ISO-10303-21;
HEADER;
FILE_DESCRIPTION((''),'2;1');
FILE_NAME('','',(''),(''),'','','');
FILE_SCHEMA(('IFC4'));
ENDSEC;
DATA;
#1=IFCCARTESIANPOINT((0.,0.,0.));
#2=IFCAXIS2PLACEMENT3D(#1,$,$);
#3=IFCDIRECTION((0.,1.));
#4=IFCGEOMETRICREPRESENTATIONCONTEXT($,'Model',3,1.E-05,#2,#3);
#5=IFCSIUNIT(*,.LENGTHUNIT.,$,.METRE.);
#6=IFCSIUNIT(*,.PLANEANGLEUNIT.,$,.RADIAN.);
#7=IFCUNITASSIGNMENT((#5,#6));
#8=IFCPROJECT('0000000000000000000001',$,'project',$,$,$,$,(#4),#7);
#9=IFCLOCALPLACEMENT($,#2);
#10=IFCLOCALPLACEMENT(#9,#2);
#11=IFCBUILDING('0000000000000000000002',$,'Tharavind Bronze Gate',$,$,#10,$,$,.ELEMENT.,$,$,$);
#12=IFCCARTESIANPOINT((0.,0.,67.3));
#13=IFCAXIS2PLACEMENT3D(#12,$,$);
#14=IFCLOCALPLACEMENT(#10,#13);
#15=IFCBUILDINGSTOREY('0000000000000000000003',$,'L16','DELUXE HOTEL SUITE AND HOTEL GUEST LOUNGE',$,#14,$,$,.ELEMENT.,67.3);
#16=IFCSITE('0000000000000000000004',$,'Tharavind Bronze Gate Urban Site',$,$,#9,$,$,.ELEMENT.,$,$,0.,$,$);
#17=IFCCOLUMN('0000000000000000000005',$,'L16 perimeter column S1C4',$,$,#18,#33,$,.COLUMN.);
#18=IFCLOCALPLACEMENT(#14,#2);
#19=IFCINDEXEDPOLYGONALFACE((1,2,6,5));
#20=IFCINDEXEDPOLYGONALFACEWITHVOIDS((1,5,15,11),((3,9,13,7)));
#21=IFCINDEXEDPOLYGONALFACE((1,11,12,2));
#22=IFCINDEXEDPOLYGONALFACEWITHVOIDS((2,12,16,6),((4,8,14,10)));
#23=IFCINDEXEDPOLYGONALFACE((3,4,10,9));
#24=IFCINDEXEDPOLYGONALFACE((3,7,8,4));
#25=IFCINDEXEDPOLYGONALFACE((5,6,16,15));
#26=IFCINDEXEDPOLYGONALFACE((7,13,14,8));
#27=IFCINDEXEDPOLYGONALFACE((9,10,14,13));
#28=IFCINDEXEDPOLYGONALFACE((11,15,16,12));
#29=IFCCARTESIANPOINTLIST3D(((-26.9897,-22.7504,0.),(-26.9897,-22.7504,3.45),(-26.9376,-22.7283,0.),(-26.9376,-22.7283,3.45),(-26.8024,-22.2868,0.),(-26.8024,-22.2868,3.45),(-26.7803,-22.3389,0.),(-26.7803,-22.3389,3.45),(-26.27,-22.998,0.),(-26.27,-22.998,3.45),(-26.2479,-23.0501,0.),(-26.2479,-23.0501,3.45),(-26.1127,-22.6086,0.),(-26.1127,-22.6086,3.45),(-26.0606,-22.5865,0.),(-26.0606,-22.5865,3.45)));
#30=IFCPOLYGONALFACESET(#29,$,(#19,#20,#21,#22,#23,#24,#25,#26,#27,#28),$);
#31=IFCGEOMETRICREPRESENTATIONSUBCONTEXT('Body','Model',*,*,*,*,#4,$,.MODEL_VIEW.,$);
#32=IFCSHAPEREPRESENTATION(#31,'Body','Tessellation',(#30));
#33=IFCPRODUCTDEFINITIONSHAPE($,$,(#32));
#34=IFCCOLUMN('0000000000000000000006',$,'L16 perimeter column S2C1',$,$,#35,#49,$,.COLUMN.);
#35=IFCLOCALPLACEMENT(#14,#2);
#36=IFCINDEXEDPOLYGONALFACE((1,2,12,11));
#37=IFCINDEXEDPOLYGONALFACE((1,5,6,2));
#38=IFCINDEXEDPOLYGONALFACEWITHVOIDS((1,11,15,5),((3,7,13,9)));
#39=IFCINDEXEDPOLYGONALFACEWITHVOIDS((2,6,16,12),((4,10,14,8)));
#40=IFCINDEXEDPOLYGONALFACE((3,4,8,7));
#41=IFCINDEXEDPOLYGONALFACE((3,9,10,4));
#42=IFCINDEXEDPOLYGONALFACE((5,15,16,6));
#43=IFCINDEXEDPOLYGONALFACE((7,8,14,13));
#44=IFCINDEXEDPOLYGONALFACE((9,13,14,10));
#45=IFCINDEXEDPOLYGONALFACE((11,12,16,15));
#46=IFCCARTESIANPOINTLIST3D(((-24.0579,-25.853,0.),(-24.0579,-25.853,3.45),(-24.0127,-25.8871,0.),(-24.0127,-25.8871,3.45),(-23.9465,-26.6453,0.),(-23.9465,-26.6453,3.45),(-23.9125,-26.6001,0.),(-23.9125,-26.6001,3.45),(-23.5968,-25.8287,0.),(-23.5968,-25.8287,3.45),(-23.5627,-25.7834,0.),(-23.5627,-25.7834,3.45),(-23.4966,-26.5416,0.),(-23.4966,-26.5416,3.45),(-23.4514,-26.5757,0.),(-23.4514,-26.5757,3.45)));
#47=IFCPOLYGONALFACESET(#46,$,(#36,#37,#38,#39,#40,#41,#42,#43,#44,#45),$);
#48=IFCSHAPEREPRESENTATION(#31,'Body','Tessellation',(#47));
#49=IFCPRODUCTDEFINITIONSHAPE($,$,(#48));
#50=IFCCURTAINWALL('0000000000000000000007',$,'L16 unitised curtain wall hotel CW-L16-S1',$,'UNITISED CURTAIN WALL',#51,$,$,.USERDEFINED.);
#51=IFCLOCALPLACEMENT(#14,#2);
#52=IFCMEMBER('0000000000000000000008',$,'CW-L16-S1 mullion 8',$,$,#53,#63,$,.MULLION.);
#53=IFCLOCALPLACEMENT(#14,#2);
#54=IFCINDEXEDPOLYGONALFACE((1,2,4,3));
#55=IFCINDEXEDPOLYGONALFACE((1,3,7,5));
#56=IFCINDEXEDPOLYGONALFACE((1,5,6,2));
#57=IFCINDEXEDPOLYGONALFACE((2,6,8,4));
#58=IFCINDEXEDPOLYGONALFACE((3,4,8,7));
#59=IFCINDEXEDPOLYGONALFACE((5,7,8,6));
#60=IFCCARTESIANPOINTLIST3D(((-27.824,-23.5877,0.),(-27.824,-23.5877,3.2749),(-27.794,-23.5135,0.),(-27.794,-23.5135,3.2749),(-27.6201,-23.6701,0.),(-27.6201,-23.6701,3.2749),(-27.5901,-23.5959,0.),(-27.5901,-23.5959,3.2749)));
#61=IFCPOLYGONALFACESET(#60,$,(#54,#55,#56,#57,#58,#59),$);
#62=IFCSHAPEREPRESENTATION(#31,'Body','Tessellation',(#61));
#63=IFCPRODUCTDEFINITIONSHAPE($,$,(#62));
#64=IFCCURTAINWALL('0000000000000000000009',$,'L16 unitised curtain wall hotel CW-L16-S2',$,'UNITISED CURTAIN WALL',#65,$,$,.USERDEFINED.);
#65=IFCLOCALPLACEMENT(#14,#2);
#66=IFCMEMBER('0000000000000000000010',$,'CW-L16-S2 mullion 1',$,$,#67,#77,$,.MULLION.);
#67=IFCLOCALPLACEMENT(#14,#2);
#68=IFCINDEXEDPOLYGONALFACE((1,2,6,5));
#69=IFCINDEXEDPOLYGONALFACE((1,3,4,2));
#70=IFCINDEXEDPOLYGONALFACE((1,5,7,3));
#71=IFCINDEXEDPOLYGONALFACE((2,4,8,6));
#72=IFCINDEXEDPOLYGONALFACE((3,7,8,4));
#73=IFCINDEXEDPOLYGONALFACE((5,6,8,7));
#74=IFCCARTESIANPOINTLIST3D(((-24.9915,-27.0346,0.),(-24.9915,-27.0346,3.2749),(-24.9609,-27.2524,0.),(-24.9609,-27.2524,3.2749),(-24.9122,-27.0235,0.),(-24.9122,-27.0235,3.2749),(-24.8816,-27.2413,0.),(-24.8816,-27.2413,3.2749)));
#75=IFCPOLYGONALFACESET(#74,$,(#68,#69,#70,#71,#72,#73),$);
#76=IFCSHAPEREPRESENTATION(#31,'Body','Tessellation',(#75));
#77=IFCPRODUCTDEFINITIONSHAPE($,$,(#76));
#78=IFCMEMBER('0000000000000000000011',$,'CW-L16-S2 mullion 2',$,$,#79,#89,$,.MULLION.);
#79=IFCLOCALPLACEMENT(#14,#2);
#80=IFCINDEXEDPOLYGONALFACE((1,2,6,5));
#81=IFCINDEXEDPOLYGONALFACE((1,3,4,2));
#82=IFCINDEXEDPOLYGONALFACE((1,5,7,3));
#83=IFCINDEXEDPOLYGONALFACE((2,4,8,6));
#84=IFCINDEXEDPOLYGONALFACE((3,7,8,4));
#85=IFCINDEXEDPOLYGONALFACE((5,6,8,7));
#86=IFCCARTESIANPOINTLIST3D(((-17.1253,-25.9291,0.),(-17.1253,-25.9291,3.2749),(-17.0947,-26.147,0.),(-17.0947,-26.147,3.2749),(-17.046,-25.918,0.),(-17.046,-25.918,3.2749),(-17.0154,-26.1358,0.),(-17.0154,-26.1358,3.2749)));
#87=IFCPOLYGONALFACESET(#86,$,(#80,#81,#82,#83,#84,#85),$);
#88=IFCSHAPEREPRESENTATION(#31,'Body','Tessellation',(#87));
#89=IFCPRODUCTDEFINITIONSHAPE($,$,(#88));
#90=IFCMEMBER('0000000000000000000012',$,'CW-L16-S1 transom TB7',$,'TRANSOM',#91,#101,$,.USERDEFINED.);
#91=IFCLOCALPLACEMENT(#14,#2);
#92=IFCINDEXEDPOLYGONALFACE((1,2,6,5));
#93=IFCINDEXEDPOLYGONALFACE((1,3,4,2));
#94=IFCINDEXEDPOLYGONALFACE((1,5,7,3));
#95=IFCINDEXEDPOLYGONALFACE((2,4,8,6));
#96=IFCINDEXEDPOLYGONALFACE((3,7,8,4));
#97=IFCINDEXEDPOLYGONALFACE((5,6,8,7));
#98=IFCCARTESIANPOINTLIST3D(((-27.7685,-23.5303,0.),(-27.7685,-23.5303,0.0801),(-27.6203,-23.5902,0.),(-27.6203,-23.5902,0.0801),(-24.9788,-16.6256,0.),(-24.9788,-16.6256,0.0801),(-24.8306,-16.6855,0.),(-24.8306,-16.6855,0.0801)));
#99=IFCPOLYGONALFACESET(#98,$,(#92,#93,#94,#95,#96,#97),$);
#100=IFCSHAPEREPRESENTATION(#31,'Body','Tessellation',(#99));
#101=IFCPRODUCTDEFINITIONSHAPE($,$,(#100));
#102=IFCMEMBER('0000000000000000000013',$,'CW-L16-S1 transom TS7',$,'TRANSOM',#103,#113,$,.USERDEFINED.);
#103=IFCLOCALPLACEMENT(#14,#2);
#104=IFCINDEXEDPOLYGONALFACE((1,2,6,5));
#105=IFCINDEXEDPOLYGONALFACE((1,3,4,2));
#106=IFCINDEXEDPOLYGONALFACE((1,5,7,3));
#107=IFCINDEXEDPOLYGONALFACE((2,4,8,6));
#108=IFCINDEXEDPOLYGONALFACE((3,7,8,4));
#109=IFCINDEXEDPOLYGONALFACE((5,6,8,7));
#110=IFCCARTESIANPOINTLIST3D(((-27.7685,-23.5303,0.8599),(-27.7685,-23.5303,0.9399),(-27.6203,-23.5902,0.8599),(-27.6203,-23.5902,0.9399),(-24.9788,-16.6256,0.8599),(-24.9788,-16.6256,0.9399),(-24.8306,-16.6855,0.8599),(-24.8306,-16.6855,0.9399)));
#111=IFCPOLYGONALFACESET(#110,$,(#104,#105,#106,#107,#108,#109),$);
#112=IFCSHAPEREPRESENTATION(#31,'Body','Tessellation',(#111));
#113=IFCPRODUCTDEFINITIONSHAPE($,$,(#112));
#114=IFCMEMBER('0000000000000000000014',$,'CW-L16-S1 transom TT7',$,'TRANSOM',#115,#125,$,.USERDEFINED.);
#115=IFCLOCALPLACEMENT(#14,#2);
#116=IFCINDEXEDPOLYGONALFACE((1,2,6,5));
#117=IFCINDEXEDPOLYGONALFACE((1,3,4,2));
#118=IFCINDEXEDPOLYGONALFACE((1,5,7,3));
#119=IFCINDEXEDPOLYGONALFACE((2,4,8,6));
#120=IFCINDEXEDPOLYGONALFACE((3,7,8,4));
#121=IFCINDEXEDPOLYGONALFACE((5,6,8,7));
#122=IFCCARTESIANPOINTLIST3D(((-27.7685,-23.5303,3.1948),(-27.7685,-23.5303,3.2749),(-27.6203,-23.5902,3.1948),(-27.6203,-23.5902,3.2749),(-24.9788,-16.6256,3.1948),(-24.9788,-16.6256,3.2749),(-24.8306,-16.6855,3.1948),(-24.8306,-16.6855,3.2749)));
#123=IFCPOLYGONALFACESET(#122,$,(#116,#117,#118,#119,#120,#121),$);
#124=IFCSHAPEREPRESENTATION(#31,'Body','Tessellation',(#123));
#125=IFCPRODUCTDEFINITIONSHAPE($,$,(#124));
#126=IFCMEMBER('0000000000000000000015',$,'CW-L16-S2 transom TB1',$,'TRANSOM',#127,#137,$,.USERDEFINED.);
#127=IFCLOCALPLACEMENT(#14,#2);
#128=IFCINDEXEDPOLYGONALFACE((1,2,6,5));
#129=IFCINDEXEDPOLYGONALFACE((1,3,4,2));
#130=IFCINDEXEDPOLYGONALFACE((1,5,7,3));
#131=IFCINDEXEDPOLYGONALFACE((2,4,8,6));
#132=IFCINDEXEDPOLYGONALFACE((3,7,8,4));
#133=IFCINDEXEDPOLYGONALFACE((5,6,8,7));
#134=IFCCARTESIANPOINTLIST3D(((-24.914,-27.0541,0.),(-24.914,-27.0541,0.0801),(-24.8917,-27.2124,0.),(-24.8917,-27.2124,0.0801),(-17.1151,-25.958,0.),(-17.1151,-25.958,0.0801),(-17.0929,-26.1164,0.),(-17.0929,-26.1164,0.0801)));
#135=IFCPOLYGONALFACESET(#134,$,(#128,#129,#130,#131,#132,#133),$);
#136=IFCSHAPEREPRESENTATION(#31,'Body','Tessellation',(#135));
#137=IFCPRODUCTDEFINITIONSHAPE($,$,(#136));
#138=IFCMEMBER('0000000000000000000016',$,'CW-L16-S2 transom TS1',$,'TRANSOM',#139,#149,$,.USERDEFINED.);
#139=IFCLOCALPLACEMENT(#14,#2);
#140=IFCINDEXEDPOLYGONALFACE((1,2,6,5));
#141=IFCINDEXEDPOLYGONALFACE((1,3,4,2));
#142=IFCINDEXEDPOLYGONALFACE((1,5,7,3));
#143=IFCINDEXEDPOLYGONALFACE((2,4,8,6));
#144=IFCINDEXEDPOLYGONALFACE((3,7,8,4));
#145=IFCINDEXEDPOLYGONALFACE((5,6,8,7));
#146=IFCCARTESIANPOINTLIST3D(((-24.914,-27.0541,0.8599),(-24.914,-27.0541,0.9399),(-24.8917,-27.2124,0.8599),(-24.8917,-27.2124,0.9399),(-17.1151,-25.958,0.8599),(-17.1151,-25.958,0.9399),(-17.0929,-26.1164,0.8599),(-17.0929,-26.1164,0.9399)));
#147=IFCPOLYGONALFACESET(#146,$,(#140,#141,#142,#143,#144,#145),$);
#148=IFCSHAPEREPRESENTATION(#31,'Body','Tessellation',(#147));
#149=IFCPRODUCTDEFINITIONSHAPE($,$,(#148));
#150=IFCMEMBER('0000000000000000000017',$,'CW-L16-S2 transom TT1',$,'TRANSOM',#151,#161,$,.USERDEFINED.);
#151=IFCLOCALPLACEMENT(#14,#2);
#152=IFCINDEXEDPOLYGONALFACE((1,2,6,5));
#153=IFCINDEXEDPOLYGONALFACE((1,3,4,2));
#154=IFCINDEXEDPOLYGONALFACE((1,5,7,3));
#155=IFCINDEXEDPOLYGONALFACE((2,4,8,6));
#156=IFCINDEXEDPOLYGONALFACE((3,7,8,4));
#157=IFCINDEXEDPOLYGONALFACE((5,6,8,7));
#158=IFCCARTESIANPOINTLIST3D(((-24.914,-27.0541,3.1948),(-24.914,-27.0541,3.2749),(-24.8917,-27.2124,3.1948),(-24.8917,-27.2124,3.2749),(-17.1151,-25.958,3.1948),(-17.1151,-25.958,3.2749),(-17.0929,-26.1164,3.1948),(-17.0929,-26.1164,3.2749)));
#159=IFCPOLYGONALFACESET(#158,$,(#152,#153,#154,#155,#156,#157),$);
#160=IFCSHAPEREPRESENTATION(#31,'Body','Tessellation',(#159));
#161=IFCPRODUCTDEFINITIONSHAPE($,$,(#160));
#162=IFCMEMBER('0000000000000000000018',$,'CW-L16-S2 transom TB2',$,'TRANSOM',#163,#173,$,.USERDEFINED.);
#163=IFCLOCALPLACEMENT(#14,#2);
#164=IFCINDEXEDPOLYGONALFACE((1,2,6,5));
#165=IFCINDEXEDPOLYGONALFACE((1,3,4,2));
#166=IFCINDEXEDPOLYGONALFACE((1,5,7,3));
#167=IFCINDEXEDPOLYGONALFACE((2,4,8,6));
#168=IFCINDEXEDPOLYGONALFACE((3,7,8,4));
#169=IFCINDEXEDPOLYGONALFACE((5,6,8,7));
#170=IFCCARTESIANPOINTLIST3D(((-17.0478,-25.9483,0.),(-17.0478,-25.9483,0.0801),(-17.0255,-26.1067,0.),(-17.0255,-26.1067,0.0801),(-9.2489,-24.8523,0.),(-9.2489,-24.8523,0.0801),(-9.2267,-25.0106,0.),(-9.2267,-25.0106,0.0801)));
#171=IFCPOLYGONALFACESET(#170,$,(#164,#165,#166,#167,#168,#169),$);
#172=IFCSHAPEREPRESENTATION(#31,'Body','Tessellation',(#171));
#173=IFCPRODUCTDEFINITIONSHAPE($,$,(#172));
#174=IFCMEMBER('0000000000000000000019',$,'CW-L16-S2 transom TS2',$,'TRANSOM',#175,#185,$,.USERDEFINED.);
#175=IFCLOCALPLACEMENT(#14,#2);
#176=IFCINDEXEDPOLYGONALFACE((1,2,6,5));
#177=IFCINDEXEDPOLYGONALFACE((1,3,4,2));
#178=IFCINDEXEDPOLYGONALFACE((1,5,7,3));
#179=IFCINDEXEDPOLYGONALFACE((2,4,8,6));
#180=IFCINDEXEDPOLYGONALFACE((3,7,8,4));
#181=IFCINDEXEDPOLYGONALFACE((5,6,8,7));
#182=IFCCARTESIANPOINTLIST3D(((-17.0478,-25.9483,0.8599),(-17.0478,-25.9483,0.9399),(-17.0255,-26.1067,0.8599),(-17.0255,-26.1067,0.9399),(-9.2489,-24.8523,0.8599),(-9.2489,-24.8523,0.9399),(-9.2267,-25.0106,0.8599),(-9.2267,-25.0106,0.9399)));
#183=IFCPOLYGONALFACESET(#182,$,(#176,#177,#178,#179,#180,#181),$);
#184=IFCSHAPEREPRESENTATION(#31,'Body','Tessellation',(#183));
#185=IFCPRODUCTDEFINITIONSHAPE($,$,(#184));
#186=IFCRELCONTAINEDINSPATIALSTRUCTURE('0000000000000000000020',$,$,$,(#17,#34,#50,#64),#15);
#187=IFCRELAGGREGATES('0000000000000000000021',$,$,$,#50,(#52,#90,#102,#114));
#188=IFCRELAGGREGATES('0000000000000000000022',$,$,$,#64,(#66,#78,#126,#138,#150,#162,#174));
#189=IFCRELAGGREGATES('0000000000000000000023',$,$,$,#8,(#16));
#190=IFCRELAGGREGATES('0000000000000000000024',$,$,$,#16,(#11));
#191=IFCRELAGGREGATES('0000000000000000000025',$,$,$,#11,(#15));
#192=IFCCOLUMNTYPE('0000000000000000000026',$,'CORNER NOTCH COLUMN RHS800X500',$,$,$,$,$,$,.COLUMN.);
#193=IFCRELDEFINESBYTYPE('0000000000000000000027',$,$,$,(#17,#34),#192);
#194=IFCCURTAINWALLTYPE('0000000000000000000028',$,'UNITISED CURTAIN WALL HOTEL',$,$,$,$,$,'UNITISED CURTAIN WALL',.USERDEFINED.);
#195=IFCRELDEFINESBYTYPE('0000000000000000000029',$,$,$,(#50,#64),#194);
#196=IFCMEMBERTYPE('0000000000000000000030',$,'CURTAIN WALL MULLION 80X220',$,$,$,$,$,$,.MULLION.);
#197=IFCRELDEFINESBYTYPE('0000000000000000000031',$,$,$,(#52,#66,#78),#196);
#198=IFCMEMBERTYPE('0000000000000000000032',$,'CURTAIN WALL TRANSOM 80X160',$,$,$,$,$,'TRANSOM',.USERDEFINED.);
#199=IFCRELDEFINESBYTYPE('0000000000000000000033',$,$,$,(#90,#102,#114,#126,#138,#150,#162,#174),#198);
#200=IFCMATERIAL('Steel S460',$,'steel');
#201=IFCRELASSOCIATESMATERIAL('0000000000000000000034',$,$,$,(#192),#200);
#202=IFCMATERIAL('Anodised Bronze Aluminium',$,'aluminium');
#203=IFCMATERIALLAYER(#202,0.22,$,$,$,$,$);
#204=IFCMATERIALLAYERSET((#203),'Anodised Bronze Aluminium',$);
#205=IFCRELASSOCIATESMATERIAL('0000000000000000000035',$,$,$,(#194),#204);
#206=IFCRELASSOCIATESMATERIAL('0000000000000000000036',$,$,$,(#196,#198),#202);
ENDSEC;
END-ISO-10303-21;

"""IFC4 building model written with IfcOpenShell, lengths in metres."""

from ifc_helpers import new_model, si_unit, direction, frame, origin, origin_2d, place, context, subcontext, project, spatial, rectangle, hollow_rectangle, extrude, material, layer, layer_set, material_profile, profile_set, type_object, element, aggregate, save


model = new_model("IFC4")

# Units and contexts
model_context = context("Model", 3, precision=1e-05, world=origin(), true_north=direction((0.0, 1.0)))
body_context = subcontext(model_context, "Body", "Model", "MODEL_VIEW")
ifc_project = project(units=[si_unit("LENGTHUNIT", "METRE"), si_unit("PLANEANGLEUNIT", "RADIAN")], contexts=[model_context])

# Site, building, storey
site_placement = place(None, origin())
site = spatial("IfcSite", under=ifc_project, at=site_placement, Name="Tharavind Bronze Gate Urban Site", CompositionType="ELEMENT", RefElevation=0.0)
building_placement = place(site_placement, origin())
building = spatial("IfcBuilding", under=site, at=building_placement, Name="Tharavind Bronze Gate", CompositionType="ELEMENT")
storey_placement = place(building_placement, frame((0.0, 0.0, 67.3)))
storey = spatial("IfcBuildingStorey", under=building, at=storey_placement, Name="L16", Description="DELUXE HOTEL SUITE AND HOTEL GUEST LOUNGE", CompositionType="ELEMENT", Elevation=67.3)

# Columns
ifc_material_1 = material(Name="Steel S460", Category="steel")
ifc_material_profile_1 = material_profile(ifc_material_1, hollow_rectangle(XDim=0.5, YDim=0.8, WallThickness=0.04, at=origin_2d()), Name="RHS800X500X40")
ifc_profile_set_1 = profile_set([ifc_material_profile_1], Name="Steel S460")
column_type = type_object("IfcColumnType", Name="CORNER NOTCH COLUMN RHS800X500", PredefinedType="COLUMN", material=ifc_profile_set_1)
for number, where, z_axis, x_axis, name in (
    (1, (-26.5251, -22.6685, 0.0), (0.0, 0.0, 1.0), (0.374608, 0.927183, 0.0), "L16 perimeter column S1C4"),
    (2, (-23.7546, -26.2144, 0.0), (0.0, 0.0, 1.0), (0.990268, 0.139173, 0.0), "L16 perimeter column S2C1"),
):
    element("IfcColumn", number, at=place(storey_placement, frame(where, z_axis=z_axis, x_axis=x_axis)), inside=storey, type_object=column_type, Name=name, PredefinedType="COLUMN", context=body_context, shape_type="SweptSolid", body=[
        extrude(hollow_rectangle(XDim=0.5, YDim=0.8, WallThickness=0.04, at=origin_2d()), origin(), (0.0, 0.0, 1.0), 3.45),
    ])

# Curtain wall, member
ifc_material_2 = material(Name="Anodised Bronze Aluminium", Category="aluminium")
ifc_layer_1 = layer(ifc_material_2, 0.22)
ifc_layer_set_1 = layer_set([ifc_layer_1], Name="Anodised Bronze Aluminium")
curtain_wall_type = type_object("IfcCurtainWallType", Name="UNITISED CURTAIN WALL HOTEL", ElementType="UNITISED CURTAIN WALL", PredefinedType="USERDEFINED", material=ifc_layer_set_1)
curtain_wall_1_placement = place(storey_placement, origin())
curtain_wall_1 = element("IfcCurtainWall", 3, at=curtain_wall_1_placement, inside=storey, type_object=curtain_wall_type, Name="L16 unitised curtain wall hotel CW-L16-S1", ObjectType="UNITISED CURTAIN WALL", PredefinedType="USERDEFINED")
member_type_1 = type_object("IfcMemberType", Name="CURTAIN WALL MULLION 80X220", PredefinedType="MULLION", material=ifc_material_2)
member_1_placement = place(storey_placement, frame((-27.707, -23.5918, 0.0), z_axis=(0.0, 0.0, 1.0), x_axis=(-0.374607, -0.927184, 0.0)))
member_1 = element("IfcMember", 4, at=member_1_placement, type_object=member_type_1, Name="CW-L16-S1 mullion 8", PredefinedType="MULLION", context=body_context, shape_type="SweptSolid", body=[
    extrude(rectangle(XDim=0.0801, YDim=0.22, at=origin_2d()), origin(), (0.0, 0.0, 1.0), 3.2749),
])

# Curtain wall, members
curtain_wall_2_placement = place(storey_placement, origin())
curtain_wall_2 = element("IfcCurtainWall", 5, at=curtain_wall_2_placement, inside=storey, type_object=curtain_wall_type, Name="L16 unitised curtain wall hotel CW-L16-S2", ObjectType="UNITISED CURTAIN WALL", PredefinedType="USERDEFINED")
member_2_placement = place(storey_placement, frame((-24.9365, -27.1379, 0.0), z_axis=(0.0, 0.0, 1.0), x_axis=(0.990268, 0.139173, 0.0)))
member_2 = element("IfcMember", 6, at=member_2_placement, type_object=member_type_1, Name="CW-L16-S2 mullion 1", PredefinedType="MULLION", context=body_context, shape_type="SweptSolid", body=[
    extrude(rectangle(XDim=0.0801, YDim=0.22, at=origin_2d()), origin(), (0.0, 0.0, 1.0), 3.2749),
])
member_3_placement = place(storey_placement, frame((-17.0703, -26.0325, 0.0), z_axis=(0.0, 0.0, 1.0), x_axis=(0.990268, 0.139173, 0.0)))
member_3 = element("IfcMember", 7, at=member_3_placement, type_object=member_type_1, Name="CW-L16-S2 mullion 2", PredefinedType="MULLION", context=body_context, shape_type="SweptSolid", body=[
    extrude(rectangle(XDim=0.0801, YDim=0.22, at=origin_2d()), origin(), (0.0, 0.0, 1.0), 3.2749),
])

# Members
member_type_2 = type_object("IfcMemberType", Name="CURTAIN WALL TRANSOM 80X160", ElementType="TRANSOM", PredefinedType="USERDEFINED", material=ifc_material_2)
member_4_placement = place(storey_placement, frame((-26.2996, -20.1079, 0.0), z_axis=(0.0, 0.0, 1.0), x_axis=(-0.374607, -0.927184, 0.0)))
member_4 = element("IfcMember", 8, at=member_4_placement, type_object=member_type_2, Name="CW-L16-S1 transom TB7", ObjectType="TRANSOM", PredefinedType="USERDEFINED", context=body_context, shape_type="SweptSolid", body=[
    extrude(rectangle(XDim=7.447, YDim=0.1599, at=origin_2d()), origin(), (0.0, 0.0, 1.0), 0.0801),
])
member_5_placement = place(storey_placement, frame((-26.2996, -20.1079, 0.8599), z_axis=(0.0, 0.0, 1.0), x_axis=(-0.374607, -0.927184, 0.0)))
member_5 = element("IfcMember", 9, at=member_5_placement, type_object=member_type_2, Name="CW-L16-S1 transom TS7", ObjectType="TRANSOM", PredefinedType="USERDEFINED", context=body_context, shape_type="SweptSolid", body=[
    extrude(rectangle(XDim=7.447, YDim=0.1599, at=origin_2d()), origin(), (0.0, 0.0, 1.0), 0.0801),
])
member_6_placement = place(storey_placement, frame((-26.2996, -20.1079, 3.1948), z_axis=(0.0, 0.0, 1.0), x_axis=(-0.374607, -0.927184, 0.0)))
member_6 = element("IfcMember", 10, at=member_6_placement, type_object=member_type_2, Name="CW-L16-S1 transom TT7", ObjectType="TRANSOM", PredefinedType="USERDEFINED", context=body_context, shape_type="SweptSolid", body=[
    extrude(rectangle(XDim=7.447, YDim=0.1599, at=origin_2d()), origin(), (0.0, 0.0, 1.0), 0.0801),
])
member_7_placement = place(storey_placement, frame((-21.0034, -26.5852, 0.0), z_axis=(0.0, 0.0, 1.0), x_axis=(0.990268, 0.139173, 0.0)))
member_7 = element("IfcMember", 11, at=member_7_placement, type_object=member_type_2, Name="CW-L16-S2 transom TB1", ObjectType="TRANSOM", PredefinedType="USERDEFINED", context=body_context, shape_type="SweptSolid", body=[
    extrude(rectangle(XDim=7.8755, YDim=0.1599, at=origin_2d()), origin(), (0.0, 0.0, 1.0), 0.0801),
])
member_8_placement = place(storey_placement, frame((-21.0034, -26.5852, 0.8599), z_axis=(0.0, 0.0, 1.0), x_axis=(0.990268, 0.139173, 0.0)))
member_8 = element("IfcMember", 12, at=member_8_placement, type_object=member_type_2, Name="CW-L16-S2 transom TS1", ObjectType="TRANSOM", PredefinedType="USERDEFINED", context=body_context, shape_type="SweptSolid", body=[
    extrude(rectangle(XDim=7.8755, YDim=0.1599, at=origin_2d()), origin(), (0.0, 0.0, 1.0), 0.0801),
])
member_9_placement = place(storey_placement, frame((-21.0034, -26.5852, 3.1948), z_axis=(0.0, 0.0, 1.0), x_axis=(0.990268, 0.139173, 0.0)))
member_9 = element("IfcMember", 13, at=member_9_placement, type_object=member_type_2, Name="CW-L16-S2 transom TT1", ObjectType="TRANSOM", PredefinedType="USERDEFINED", context=body_context, shape_type="SweptSolid", body=[
    extrude(rectangle(XDim=7.8755, YDim=0.1599, at=origin_2d()), origin(), (0.0, 0.0, 1.0), 0.0801),
])
member_10_placement = place(storey_placement, frame((-13.1372, -25.4795, 0.0), z_axis=(0.0, 0.0, 1.0), x_axis=(0.990268, 0.139173, 0.0)))
member_10 = element("IfcMember", 14, at=member_10_placement, type_object=member_type_2, Name="CW-L16-S2 transom TB2", ObjectType="TRANSOM", PredefinedType="USERDEFINED", context=body_context, shape_type="SweptSolid", body=[
    extrude(rectangle(XDim=7.8755, YDim=0.1599, at=origin_2d()), origin(), (0.0, 0.0, 1.0), 0.0801),
])
member_11_placement = place(storey_placement, frame((-13.1372, -25.4795, 0.8599), z_axis=(0.0, 0.0, 1.0), x_axis=(0.990268, 0.139173, 0.0)))
member_11 = element("IfcMember", 15, at=member_11_placement, type_object=member_type_2, Name="CW-L16-S2 transom TS2", ObjectType="TRANSOM", PredefinedType="USERDEFINED", context=body_context, shape_type="SweptSolid", body=[
    extrude(rectangle(XDim=7.8755, YDim=0.1599, at=origin_2d()), origin(), (0.0, 0.0, 1.0), 0.0801),
])

aggregate(curtain_wall_1, [member_1, member_4, member_5, member_6])
aggregate(curtain_wall_2, [member_2, member_3, member_7, member_8, member_9, member_10, member_11])

save(model, "model.ifc")
